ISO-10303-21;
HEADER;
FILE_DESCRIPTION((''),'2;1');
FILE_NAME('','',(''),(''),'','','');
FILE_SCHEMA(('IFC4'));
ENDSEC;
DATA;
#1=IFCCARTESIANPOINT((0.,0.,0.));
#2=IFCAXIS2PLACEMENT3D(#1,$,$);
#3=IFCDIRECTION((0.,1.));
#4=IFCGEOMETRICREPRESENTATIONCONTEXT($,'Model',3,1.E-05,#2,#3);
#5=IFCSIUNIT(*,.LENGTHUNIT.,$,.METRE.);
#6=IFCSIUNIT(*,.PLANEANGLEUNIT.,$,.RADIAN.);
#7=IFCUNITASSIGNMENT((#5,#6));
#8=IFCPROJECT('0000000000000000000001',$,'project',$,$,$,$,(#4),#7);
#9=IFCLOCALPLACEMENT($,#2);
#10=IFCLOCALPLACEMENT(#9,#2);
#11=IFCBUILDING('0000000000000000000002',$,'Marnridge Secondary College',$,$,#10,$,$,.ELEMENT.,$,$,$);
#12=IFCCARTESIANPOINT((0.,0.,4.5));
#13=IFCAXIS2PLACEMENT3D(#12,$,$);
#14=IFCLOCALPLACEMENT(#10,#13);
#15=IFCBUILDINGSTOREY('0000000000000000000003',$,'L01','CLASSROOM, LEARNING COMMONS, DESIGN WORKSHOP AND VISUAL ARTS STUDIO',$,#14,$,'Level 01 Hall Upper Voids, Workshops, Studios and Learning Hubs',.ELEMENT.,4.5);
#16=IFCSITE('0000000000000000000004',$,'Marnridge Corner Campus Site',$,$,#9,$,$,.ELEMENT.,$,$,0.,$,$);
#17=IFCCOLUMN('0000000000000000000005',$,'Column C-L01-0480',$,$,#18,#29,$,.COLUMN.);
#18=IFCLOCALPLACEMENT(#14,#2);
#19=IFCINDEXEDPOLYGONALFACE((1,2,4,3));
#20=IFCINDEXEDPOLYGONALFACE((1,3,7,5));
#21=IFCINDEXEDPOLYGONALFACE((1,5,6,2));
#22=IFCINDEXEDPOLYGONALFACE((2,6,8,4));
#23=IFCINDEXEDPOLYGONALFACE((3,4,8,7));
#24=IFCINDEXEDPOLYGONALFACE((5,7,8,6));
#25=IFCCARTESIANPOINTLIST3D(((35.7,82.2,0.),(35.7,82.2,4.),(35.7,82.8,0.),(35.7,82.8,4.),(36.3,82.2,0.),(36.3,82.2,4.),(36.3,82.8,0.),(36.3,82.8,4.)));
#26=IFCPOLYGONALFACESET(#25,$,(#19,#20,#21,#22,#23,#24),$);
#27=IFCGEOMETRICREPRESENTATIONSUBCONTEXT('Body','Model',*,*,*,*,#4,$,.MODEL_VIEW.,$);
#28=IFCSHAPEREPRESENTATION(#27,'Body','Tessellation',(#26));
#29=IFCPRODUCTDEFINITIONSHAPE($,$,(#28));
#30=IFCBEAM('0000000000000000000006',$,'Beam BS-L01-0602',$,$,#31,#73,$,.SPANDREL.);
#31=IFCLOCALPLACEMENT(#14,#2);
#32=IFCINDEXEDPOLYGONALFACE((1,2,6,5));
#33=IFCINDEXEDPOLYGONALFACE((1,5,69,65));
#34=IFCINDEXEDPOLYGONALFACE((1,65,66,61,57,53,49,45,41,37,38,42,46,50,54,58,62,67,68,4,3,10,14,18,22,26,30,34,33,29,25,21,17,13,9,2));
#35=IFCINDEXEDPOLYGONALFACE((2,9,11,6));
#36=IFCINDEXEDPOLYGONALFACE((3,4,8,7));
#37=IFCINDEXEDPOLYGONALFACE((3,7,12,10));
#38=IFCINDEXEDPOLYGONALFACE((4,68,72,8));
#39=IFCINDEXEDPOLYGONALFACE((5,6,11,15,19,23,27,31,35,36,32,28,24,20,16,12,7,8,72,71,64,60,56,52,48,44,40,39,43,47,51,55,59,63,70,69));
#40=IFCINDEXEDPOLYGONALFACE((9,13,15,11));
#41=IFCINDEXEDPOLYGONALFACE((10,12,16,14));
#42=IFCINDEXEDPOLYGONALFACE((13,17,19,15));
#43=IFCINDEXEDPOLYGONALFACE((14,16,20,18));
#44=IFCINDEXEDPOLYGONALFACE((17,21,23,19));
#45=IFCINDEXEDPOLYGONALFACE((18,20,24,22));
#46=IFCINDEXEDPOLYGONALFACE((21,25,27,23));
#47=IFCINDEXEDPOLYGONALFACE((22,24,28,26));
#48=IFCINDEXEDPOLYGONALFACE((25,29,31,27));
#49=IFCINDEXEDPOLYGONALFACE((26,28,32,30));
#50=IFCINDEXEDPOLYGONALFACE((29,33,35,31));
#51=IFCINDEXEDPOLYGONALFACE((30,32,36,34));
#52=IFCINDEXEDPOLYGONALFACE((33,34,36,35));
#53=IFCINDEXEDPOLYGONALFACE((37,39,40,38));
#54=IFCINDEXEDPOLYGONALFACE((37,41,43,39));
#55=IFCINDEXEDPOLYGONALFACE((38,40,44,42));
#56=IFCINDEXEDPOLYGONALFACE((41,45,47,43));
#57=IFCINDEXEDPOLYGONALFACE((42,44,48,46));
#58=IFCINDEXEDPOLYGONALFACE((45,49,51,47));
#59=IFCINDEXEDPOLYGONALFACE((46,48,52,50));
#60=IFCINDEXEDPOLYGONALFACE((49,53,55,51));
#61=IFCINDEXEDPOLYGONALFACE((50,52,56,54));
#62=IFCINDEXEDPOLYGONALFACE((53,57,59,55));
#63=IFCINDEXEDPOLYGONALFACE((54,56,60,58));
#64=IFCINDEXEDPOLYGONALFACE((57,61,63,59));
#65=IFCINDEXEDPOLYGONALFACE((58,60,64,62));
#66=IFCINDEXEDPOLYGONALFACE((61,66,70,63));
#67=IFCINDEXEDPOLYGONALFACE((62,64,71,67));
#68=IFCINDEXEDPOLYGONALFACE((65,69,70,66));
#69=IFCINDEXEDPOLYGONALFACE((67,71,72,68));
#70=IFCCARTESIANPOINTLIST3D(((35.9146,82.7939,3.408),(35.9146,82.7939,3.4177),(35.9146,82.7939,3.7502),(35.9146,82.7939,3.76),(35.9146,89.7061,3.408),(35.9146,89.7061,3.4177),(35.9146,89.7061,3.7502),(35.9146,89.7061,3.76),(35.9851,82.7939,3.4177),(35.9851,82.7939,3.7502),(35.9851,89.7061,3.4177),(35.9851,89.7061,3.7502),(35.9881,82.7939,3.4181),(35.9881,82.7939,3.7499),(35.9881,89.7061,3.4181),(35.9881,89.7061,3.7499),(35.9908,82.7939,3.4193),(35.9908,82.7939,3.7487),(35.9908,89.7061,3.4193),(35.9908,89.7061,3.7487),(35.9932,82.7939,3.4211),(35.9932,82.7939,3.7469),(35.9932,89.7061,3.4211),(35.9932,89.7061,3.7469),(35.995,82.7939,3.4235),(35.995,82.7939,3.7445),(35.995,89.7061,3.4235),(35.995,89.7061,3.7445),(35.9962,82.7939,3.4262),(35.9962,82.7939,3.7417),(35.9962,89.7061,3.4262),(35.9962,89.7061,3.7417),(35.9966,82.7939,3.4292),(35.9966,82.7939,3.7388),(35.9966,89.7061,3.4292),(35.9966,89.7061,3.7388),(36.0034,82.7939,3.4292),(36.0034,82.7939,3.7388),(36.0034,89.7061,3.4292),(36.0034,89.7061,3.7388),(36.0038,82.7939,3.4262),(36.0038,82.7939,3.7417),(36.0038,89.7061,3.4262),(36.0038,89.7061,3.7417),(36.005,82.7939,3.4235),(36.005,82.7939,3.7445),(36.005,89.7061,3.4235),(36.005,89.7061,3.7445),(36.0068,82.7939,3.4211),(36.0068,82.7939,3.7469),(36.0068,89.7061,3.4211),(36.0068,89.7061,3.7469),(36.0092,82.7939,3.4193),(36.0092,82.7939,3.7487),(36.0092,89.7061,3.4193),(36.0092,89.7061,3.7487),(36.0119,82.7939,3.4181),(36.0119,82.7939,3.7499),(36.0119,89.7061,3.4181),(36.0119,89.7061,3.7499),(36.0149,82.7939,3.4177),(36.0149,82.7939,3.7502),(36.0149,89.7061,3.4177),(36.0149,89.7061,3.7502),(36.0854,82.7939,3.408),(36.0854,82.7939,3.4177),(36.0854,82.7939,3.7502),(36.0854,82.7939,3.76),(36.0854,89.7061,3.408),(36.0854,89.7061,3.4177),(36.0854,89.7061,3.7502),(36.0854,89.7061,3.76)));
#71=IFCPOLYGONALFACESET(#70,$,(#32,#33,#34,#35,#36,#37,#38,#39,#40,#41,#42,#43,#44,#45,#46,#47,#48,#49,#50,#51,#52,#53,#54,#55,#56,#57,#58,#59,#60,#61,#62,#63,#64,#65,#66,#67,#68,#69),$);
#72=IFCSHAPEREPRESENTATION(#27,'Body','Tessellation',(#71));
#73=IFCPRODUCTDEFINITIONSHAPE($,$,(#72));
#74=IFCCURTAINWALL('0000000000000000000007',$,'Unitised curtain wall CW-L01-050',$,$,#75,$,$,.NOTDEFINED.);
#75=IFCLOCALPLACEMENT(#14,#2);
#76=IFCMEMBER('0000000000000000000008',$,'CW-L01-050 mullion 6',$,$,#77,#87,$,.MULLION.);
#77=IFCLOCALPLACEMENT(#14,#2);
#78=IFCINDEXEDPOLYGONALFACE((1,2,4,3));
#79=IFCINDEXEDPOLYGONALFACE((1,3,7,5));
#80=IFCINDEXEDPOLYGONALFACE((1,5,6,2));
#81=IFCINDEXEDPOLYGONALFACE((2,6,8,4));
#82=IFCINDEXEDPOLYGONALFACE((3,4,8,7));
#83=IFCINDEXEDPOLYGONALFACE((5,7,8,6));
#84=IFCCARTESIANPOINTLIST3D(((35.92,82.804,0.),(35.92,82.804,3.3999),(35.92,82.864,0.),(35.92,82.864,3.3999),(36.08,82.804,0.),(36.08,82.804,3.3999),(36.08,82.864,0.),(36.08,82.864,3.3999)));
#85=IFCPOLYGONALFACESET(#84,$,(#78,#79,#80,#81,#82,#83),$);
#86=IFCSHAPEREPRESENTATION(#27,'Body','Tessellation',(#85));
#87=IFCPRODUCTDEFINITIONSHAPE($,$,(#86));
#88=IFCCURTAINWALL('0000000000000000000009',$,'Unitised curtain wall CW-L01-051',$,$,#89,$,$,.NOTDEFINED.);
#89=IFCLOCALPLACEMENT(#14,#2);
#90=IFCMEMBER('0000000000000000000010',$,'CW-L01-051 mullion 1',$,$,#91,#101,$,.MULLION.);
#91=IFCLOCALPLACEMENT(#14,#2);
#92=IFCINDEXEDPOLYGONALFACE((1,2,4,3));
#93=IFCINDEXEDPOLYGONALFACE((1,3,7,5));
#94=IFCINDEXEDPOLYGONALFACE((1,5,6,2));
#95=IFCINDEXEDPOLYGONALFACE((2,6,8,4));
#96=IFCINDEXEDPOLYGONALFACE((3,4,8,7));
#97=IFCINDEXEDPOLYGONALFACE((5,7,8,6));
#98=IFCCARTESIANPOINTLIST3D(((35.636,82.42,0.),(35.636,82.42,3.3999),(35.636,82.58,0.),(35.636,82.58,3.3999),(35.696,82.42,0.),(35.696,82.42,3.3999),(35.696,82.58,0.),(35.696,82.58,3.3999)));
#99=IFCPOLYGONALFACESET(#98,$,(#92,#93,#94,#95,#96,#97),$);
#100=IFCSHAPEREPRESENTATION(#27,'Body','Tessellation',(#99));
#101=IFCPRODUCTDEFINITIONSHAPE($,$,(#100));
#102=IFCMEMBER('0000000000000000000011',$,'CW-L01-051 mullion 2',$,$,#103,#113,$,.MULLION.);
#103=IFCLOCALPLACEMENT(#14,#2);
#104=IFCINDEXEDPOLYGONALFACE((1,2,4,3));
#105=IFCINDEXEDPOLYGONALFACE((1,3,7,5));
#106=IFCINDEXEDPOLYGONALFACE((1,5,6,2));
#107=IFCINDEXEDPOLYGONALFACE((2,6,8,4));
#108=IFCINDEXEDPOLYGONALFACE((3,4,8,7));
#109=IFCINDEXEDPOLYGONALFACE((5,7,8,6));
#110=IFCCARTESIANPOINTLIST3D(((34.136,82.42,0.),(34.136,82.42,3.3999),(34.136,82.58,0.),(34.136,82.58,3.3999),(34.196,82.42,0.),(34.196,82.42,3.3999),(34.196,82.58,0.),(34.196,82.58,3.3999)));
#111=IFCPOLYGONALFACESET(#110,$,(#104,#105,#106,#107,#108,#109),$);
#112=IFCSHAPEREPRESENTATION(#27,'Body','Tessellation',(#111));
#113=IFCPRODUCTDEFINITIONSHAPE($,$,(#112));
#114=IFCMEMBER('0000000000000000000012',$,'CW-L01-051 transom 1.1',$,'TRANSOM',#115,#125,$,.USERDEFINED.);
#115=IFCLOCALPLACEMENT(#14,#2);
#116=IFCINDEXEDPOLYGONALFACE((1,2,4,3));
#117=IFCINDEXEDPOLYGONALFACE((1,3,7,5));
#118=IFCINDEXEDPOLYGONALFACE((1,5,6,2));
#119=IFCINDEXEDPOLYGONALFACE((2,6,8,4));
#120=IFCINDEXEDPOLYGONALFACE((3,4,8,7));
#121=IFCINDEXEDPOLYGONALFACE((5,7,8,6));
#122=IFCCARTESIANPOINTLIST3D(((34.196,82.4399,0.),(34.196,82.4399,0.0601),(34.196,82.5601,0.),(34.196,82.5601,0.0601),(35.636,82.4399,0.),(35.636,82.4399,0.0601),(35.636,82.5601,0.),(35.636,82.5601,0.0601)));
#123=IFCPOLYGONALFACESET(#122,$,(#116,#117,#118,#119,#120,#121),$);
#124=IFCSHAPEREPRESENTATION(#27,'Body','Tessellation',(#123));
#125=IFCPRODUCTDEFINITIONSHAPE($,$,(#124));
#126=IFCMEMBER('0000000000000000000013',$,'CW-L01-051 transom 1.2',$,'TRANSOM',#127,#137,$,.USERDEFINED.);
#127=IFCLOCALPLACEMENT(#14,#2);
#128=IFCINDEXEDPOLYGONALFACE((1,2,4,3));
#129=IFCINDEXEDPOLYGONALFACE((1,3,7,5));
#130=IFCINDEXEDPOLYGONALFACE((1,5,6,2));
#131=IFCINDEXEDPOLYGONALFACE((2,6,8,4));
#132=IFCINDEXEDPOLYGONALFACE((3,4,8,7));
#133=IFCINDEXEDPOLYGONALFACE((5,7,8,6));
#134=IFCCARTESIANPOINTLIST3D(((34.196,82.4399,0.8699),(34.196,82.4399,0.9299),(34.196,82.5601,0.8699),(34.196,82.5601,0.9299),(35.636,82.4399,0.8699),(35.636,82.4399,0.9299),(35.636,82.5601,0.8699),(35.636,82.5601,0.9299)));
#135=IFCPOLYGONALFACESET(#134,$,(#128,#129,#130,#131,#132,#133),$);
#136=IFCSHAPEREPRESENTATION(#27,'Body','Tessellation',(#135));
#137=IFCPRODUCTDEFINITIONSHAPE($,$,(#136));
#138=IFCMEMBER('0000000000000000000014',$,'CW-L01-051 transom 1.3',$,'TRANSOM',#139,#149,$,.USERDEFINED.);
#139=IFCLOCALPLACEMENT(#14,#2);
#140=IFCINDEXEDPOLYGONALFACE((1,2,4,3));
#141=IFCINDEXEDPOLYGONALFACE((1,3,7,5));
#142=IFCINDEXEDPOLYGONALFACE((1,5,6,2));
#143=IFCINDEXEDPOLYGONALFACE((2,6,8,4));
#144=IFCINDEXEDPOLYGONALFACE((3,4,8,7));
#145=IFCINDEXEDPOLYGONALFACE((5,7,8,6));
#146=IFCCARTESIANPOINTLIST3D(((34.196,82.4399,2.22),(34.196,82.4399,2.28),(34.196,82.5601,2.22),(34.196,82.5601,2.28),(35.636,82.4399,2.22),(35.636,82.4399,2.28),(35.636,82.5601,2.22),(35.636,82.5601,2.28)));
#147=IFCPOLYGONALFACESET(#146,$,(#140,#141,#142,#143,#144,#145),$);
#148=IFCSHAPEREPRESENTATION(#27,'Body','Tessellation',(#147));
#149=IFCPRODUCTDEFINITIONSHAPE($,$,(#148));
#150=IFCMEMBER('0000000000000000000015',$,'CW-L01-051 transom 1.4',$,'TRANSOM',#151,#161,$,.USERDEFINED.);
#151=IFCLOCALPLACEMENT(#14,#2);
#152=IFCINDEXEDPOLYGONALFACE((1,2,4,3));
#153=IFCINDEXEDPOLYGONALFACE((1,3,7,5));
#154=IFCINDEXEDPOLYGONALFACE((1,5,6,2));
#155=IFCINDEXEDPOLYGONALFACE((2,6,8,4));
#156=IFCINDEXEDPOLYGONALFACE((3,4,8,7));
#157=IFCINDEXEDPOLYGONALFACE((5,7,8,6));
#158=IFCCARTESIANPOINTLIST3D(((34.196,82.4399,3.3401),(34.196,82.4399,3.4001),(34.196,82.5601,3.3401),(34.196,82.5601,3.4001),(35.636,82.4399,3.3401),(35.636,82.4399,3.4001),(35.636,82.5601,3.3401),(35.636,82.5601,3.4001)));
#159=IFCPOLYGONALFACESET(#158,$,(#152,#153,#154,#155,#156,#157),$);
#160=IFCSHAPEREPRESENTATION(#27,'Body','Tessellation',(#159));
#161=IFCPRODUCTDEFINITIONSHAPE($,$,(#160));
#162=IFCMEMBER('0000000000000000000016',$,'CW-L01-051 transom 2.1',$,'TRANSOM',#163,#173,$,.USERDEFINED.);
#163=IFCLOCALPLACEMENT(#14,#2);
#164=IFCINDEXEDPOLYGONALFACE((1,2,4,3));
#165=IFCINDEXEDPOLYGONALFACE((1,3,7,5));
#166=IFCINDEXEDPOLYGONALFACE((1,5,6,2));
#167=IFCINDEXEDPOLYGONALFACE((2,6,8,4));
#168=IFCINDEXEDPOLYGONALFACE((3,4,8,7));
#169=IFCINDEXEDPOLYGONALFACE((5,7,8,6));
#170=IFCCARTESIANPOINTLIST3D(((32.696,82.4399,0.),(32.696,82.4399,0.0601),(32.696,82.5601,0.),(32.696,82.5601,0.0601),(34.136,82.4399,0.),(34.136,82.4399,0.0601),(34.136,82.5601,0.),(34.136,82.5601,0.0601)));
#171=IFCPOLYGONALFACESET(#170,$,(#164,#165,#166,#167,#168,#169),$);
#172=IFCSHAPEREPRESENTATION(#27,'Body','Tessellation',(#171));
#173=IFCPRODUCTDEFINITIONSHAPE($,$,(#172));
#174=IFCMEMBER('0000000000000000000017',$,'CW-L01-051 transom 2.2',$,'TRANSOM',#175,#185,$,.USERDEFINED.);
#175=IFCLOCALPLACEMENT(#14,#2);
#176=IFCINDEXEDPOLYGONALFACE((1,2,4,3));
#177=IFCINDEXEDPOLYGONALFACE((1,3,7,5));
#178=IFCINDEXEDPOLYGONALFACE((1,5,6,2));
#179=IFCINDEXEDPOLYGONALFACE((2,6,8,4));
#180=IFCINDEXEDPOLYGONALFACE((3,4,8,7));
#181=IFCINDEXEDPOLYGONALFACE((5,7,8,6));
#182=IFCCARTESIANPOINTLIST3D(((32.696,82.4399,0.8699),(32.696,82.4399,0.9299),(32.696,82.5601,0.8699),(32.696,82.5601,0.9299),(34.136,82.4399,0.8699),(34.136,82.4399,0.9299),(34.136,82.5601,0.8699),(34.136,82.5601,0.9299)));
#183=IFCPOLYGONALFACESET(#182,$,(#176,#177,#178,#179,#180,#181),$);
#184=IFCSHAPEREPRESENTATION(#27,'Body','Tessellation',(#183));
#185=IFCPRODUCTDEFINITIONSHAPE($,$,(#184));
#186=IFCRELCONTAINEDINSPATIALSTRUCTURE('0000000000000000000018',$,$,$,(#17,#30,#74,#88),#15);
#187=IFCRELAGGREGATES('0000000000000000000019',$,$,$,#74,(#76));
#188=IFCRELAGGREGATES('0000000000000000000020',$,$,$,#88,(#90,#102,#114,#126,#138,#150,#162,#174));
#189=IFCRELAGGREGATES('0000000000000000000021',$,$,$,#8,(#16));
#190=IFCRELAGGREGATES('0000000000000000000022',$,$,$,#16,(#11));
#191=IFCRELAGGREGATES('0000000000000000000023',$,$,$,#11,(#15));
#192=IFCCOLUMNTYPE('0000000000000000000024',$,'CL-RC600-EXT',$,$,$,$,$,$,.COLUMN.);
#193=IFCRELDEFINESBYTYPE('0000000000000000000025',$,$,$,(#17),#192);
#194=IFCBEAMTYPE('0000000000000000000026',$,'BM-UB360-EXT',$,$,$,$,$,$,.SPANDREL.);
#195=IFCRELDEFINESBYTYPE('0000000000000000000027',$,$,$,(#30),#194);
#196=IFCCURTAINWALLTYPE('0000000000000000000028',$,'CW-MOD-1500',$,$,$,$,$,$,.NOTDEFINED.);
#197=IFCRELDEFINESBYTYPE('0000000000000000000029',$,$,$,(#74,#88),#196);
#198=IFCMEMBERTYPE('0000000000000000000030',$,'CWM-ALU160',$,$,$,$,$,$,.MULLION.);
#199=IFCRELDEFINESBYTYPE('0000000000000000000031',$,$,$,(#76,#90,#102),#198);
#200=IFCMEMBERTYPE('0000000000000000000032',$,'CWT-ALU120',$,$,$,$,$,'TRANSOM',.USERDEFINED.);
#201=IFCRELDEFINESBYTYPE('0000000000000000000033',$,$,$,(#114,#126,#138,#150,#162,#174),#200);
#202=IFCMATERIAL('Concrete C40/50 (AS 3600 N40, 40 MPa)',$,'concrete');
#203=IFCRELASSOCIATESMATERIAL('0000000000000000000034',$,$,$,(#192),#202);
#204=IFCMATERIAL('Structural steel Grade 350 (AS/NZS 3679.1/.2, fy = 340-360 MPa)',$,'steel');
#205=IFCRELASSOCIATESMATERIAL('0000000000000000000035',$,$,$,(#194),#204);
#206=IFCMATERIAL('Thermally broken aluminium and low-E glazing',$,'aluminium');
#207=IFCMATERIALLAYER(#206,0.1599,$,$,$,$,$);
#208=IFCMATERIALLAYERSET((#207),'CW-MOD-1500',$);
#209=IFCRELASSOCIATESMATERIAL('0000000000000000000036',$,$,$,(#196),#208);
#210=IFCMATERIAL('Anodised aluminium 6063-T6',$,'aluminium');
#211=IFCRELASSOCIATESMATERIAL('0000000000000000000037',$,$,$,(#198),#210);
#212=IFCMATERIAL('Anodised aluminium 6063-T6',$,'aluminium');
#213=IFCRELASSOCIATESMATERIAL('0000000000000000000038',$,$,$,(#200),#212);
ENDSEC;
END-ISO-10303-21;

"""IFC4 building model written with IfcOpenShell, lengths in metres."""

from ifc_helpers import new_model, si_unit, direction, frame, origin, origin_2d, place, context, subcontext, project, spatial, rectangle, i_section, extrude, material, layer, layer_set, material_profile, profile_set, type_object, element, aggregate, save


model = new_model("IFC4")

# Units and contexts
model_context = context("Model", 3, precision=1e-05, world=origin(), true_north=direction((0.0, 1.0)))
body_context = subcontext(model_context, "Body", "Model", "MODEL_VIEW")
ifc_project = project(units=[si_unit("LENGTHUNIT", "METRE"), si_unit("PLANEANGLEUNIT", "RADIAN")], contexts=[model_context])

# Site, building, storey
site_placement = place(None, origin())
site = spatial("IfcSite", under=ifc_project, at=site_placement, Name="Marnridge Corner Campus Site", CompositionType="ELEMENT", RefElevation=0.0)
building_placement = place(site_placement, origin())
building = spatial("IfcBuilding", under=site, at=building_placement, Name="Marnridge Secondary College", CompositionType="ELEMENT")
storey_placement = place(building_placement, frame((0.0, 0.0, 4.5)))
storey = spatial("IfcBuildingStorey", under=building, at=storey_placement, Name="L01", Description="CLASSROOM, LEARNING COMMONS, DESIGN WORKSHOP AND VISUAL ARTS STUDIO", LongName="Level 01 Hall Upper Voids, Workshops, Studios and Learning Hubs", CompositionType="ELEMENT", Elevation=4.5)

# Column
ifc_material_1 = material(Name="Concrete C40/50 (AS 3600 N40, 40 MPa)", Category="concrete")
ifc_material_profile_1 = material_profile(ifc_material_1, rectangle(XDim=0.6001, YDim=0.6001, at=origin_2d()), Name="RC 600x600")
ifc_profile_set_1 = profile_set([ifc_material_profile_1], Name="Concrete C40/50 (AS 3600 N40, 40 MPa)")
column_type = type_object("IfcColumnType", Name="CL-RC600-EXT", PredefinedType="COLUMN", material=ifc_profile_set_1)
column_placement = place(storey_placement, frame((36.0, 82.5, 0.0), z_axis=(0.0, 0.0, 1.0), x_axis=(1.0, 0.0, 0.0)))
element("IfcColumn", 1, at=column_placement, inside=storey, type_object=column_type, Name="Column C-L01-0480", PredefinedType="COLUMN", context=body_context, shape_type="SweptSolid", body=[
    extrude(rectangle(XDim=0.6001, YDim=0.6001, at=origin_2d()), origin(), (0.0, 0.0, 1.0), 4.0),
])

# Beam
ifc_material_2 = material(Name="Structural steel Grade 350 (AS/NZS 3679.1/.2, fy = 340-360 MPa)", Category="steel")
ifc_material_profile_2 = material_profile(ifc_material_2, i_section(OverallWidth=0.1709, OverallDepth=0.3521, WebThickness=0.0068, FlangeThickness=0.0098, FilletRadius=0.0115, at=origin_2d()), Name="360UB44.7")
ifc_profile_set_2 = profile_set([ifc_material_profile_2], Name="Structural steel Grade 350 (AS/NZS 3679.1/.2, fy = 340-360 MPa)")
beam_type = type_object("IfcBeamType", Name="BM-UB360-EXT", PredefinedType="SPANDREL", material=ifc_profile_set_2)
beam_placement = place(storey_placement, frame((36.0, 82.7939, 3.584), z_axis=(0.0, 1.0, 0.0), x_axis=(-1.0, 0.0, 0.0)))
element("IfcBeam", 2, at=beam_placement, inside=storey, type_object=beam_type, Name="Beam BS-L01-0602", PredefinedType="SPANDREL", context=body_context, shape_type="SweptSolid", body=[
    extrude(i_section(OverallWidth=0.1709, OverallDepth=0.3521, WebThickness=0.0068, FlangeThickness=0.0098, FilletRadius=0.0115, at=origin_2d()), origin(), (0.0, 0.0, 1.0), 6.9121),
])

# Curtain wall, member
ifc_material_3 = material(Name="Thermally broken aluminium and low-E glazing", Category="aluminium")
ifc_layer_1 = layer(ifc_material_3, 0.1599)
ifc_layer_set_1 = layer_set([ifc_layer_1], Name="CW-MOD-1500")
curtain_wall_type = type_object("IfcCurtainWallType", Name="CW-MOD-1500", PredefinedType="NOTDEFINED", material=ifc_layer_set_1)
curtain_wall_1_placement = place(storey_placement, origin())
curtain_wall_1 = element("IfcCurtainWall", 3, at=curtain_wall_1_placement, inside=storey, type_object=curtain_wall_type, Name="Unitised curtain wall CW-L01-050", PredefinedType="NOTDEFINED")
ifc_material_4 = material(Name="Anodised aluminium 6063-T6", Category="aluminium")
ifc_material_profile_3 = material_profile(ifc_material_4, rectangle(XDim=0.0601, YDim=0.1599, at=origin_2d()), Name="ALU 60x160")
ifc_profile_set_3 = profile_set([ifc_material_profile_3], Name="Anodised aluminium 6063-T6")
member_type_1 = type_object("IfcMemberType", Name="CWM-ALU160", PredefinedType="MULLION", material=ifc_profile_set_3)
member_1_placement = place(storey_placement, frame((36.0, 82.834, 0.0), z_axis=(0.0, 0.0, 1.0), x_axis=(0.0, -1.0, 0.0)))
member_1 = element("IfcMember", 4, at=member_1_placement, type_object=member_type_1, Name="CW-L01-050 mullion 6", PredefinedType="MULLION", context=body_context, shape_type="SweptSolid", body=[
    extrude(rectangle(XDim=0.0601, YDim=0.1599, at=origin_2d()), origin(), (0.0, 0.0, 1.0), 3.3999),
])

# Curtain wall, members
curtain_wall_2_placement = place(storey_placement, origin())
curtain_wall_2 = element("IfcCurtainWall", 5, at=curtain_wall_2_placement, inside=storey, type_object=curtain_wall_type, Name="Unitised curtain wall CW-L01-051", PredefinedType="NOTDEFINED")
member_2_placement = place(storey_placement, frame((35.666, 82.5, 0.0), z_axis=(0.0, 0.0, 1.0), x_axis=(-1.0, 0.0, 0.0)))
member_2 = element("IfcMember", 6, at=member_2_placement, type_object=member_type_1, Name="CW-L01-051 mullion 1", PredefinedType="MULLION", context=body_context, shape_type="SweptSolid", body=[
    extrude(rectangle(XDim=0.0601, YDim=0.1599, at=origin_2d()), origin(), (0.0, 0.0, 1.0), 3.3999),
])
member_3_placement = place(storey_placement, frame((34.166, 82.5, 0.0), z_axis=(0.0, 0.0, 1.0), x_axis=(-1.0, 0.0, 0.0)))
member_3 = element("IfcMember", 7, at=member_3_placement, type_object=member_type_1, Name="CW-L01-051 mullion 2", PredefinedType="MULLION", context=body_context, shape_type="SweptSolid", body=[
    extrude(rectangle(XDim=0.0601, YDim=0.1599, at=origin_2d()), origin(), (0.0, 0.0, 1.0), 3.3999),
])
ifc_material_5 = material(Name="Anodised aluminium 6063-T6", Category="aluminium")
ifc_material_profile_4 = material_profile(ifc_material_5, rectangle(XDim=0.0601, YDim=0.1201, at=origin_2d()), Name="ALU 60x120")
ifc_profile_set_4 = profile_set([ifc_material_profile_4], Name="Anodised aluminium 6063-T6")
member_type_2 = type_object("IfcMemberType", Name="CWT-ALU120", ElementType="TRANSOM", PredefinedType="USERDEFINED", material=ifc_profile_set_4)
member_4_placement = place(storey_placement, frame((35.636, 82.5, 0.03), z_axis=(-1.0, 0.0, 0.0), x_axis=(0.0, 0.0, 1.0)))
member_4 = element("IfcMember", 8, at=member_4_placement, type_object=member_type_2, Name="CW-L01-051 transom 1.1", ObjectType="TRANSOM", PredefinedType="USERDEFINED", context=body_context, shape_type="SweptSolid", body=[
    extrude(rectangle(XDim=0.0601, YDim=0.1201, at=origin_2d()), origin(), (0.0, 0.0, 1.0), 1.4399),
])
member_5_placement = place(storey_placement, frame((35.636, 82.5, 0.8999), z_axis=(-1.0, 0.0, 0.0), x_axis=(0.0, 0.0, 1.0)))
member_5 = element("IfcMember", 9, at=member_5_placement, type_object=member_type_2, Name="CW-L01-051 transom 1.2", ObjectType="TRANSOM", PredefinedType="USERDEFINED", context=body_context, shape_type="SweptSolid", body=[
    extrude(rectangle(XDim=0.0601, YDim=0.1201, at=origin_2d()), origin(), (0.0, 0.0, 1.0), 1.4399),
])
member_6_placement = place(storey_placement, frame((35.636, 82.5, 2.25), z_axis=(-1.0, 0.0, 0.0), x_axis=(0.0, 0.0, 1.0)))
member_6 = element("IfcMember", 10, at=member_6_placement, type_object=member_type_2, Name="CW-L01-051 transom 1.3", ObjectType="TRANSOM", PredefinedType="USERDEFINED", context=body_context, shape_type="SweptSolid", body=[
    extrude(rectangle(XDim=0.0601, YDim=0.1201, at=origin_2d()), origin(), (0.0, 0.0, 1.0), 1.4399),
])
member_7_placement = place(storey_placement, frame((35.636, 82.5, 3.3701), z_axis=(-1.0, 0.0, 0.0), x_axis=(0.0, 0.0, 1.0)))
member_7 = element("IfcMember", 11, at=member_7_placement, type_object=member_type_2, Name="CW-L01-051 transom 1.4", ObjectType="TRANSOM", PredefinedType="USERDEFINED", context=body_context, shape_type="SweptSolid", body=[
    extrude(rectangle(XDim=0.0601, YDim=0.1201, at=origin_2d()), origin(), (0.0, 0.0, 1.0), 1.4399),
])
member_8_placement = place(storey_placement, frame((34.136, 82.5, 0.03), z_axis=(-1.0, 0.0, 0.0), x_axis=(0.0, 0.0, 1.0)))
member_8 = element("IfcMember", 12, at=member_8_placement, type_object=member_type_2, Name="CW-L01-051 transom 2.1", ObjectType="TRANSOM", PredefinedType="USERDEFINED", context=body_context, shape_type="SweptSolid", body=[
    extrude(rectangle(XDim=0.0601, YDim=0.1201, at=origin_2d()), origin(), (0.0, 0.0, 1.0), 1.4399),
])
member_9_placement = place(storey_placement, frame((34.136, 82.5, 0.8999), z_axis=(-1.0, 0.0, 0.0), x_axis=(0.0, 0.0, 1.0)))
member_9 = element("IfcMember", 13, at=member_9_placement, type_object=member_type_2, Name="CW-L01-051 transom 2.2", ObjectType="TRANSOM", PredefinedType="USERDEFINED", context=body_context, shape_type="SweptSolid", body=[
    extrude(rectangle(XDim=0.0601, YDim=0.1201, at=origin_2d()), origin(), (0.0, 0.0, 1.0), 1.4399),
])

aggregate(curtain_wall_1, [member_1])
aggregate(curtain_wall_2, [member_2, member_3, member_4, member_5, member_6, member_7, member_8, member_9])

save(model, "model.ifc")
